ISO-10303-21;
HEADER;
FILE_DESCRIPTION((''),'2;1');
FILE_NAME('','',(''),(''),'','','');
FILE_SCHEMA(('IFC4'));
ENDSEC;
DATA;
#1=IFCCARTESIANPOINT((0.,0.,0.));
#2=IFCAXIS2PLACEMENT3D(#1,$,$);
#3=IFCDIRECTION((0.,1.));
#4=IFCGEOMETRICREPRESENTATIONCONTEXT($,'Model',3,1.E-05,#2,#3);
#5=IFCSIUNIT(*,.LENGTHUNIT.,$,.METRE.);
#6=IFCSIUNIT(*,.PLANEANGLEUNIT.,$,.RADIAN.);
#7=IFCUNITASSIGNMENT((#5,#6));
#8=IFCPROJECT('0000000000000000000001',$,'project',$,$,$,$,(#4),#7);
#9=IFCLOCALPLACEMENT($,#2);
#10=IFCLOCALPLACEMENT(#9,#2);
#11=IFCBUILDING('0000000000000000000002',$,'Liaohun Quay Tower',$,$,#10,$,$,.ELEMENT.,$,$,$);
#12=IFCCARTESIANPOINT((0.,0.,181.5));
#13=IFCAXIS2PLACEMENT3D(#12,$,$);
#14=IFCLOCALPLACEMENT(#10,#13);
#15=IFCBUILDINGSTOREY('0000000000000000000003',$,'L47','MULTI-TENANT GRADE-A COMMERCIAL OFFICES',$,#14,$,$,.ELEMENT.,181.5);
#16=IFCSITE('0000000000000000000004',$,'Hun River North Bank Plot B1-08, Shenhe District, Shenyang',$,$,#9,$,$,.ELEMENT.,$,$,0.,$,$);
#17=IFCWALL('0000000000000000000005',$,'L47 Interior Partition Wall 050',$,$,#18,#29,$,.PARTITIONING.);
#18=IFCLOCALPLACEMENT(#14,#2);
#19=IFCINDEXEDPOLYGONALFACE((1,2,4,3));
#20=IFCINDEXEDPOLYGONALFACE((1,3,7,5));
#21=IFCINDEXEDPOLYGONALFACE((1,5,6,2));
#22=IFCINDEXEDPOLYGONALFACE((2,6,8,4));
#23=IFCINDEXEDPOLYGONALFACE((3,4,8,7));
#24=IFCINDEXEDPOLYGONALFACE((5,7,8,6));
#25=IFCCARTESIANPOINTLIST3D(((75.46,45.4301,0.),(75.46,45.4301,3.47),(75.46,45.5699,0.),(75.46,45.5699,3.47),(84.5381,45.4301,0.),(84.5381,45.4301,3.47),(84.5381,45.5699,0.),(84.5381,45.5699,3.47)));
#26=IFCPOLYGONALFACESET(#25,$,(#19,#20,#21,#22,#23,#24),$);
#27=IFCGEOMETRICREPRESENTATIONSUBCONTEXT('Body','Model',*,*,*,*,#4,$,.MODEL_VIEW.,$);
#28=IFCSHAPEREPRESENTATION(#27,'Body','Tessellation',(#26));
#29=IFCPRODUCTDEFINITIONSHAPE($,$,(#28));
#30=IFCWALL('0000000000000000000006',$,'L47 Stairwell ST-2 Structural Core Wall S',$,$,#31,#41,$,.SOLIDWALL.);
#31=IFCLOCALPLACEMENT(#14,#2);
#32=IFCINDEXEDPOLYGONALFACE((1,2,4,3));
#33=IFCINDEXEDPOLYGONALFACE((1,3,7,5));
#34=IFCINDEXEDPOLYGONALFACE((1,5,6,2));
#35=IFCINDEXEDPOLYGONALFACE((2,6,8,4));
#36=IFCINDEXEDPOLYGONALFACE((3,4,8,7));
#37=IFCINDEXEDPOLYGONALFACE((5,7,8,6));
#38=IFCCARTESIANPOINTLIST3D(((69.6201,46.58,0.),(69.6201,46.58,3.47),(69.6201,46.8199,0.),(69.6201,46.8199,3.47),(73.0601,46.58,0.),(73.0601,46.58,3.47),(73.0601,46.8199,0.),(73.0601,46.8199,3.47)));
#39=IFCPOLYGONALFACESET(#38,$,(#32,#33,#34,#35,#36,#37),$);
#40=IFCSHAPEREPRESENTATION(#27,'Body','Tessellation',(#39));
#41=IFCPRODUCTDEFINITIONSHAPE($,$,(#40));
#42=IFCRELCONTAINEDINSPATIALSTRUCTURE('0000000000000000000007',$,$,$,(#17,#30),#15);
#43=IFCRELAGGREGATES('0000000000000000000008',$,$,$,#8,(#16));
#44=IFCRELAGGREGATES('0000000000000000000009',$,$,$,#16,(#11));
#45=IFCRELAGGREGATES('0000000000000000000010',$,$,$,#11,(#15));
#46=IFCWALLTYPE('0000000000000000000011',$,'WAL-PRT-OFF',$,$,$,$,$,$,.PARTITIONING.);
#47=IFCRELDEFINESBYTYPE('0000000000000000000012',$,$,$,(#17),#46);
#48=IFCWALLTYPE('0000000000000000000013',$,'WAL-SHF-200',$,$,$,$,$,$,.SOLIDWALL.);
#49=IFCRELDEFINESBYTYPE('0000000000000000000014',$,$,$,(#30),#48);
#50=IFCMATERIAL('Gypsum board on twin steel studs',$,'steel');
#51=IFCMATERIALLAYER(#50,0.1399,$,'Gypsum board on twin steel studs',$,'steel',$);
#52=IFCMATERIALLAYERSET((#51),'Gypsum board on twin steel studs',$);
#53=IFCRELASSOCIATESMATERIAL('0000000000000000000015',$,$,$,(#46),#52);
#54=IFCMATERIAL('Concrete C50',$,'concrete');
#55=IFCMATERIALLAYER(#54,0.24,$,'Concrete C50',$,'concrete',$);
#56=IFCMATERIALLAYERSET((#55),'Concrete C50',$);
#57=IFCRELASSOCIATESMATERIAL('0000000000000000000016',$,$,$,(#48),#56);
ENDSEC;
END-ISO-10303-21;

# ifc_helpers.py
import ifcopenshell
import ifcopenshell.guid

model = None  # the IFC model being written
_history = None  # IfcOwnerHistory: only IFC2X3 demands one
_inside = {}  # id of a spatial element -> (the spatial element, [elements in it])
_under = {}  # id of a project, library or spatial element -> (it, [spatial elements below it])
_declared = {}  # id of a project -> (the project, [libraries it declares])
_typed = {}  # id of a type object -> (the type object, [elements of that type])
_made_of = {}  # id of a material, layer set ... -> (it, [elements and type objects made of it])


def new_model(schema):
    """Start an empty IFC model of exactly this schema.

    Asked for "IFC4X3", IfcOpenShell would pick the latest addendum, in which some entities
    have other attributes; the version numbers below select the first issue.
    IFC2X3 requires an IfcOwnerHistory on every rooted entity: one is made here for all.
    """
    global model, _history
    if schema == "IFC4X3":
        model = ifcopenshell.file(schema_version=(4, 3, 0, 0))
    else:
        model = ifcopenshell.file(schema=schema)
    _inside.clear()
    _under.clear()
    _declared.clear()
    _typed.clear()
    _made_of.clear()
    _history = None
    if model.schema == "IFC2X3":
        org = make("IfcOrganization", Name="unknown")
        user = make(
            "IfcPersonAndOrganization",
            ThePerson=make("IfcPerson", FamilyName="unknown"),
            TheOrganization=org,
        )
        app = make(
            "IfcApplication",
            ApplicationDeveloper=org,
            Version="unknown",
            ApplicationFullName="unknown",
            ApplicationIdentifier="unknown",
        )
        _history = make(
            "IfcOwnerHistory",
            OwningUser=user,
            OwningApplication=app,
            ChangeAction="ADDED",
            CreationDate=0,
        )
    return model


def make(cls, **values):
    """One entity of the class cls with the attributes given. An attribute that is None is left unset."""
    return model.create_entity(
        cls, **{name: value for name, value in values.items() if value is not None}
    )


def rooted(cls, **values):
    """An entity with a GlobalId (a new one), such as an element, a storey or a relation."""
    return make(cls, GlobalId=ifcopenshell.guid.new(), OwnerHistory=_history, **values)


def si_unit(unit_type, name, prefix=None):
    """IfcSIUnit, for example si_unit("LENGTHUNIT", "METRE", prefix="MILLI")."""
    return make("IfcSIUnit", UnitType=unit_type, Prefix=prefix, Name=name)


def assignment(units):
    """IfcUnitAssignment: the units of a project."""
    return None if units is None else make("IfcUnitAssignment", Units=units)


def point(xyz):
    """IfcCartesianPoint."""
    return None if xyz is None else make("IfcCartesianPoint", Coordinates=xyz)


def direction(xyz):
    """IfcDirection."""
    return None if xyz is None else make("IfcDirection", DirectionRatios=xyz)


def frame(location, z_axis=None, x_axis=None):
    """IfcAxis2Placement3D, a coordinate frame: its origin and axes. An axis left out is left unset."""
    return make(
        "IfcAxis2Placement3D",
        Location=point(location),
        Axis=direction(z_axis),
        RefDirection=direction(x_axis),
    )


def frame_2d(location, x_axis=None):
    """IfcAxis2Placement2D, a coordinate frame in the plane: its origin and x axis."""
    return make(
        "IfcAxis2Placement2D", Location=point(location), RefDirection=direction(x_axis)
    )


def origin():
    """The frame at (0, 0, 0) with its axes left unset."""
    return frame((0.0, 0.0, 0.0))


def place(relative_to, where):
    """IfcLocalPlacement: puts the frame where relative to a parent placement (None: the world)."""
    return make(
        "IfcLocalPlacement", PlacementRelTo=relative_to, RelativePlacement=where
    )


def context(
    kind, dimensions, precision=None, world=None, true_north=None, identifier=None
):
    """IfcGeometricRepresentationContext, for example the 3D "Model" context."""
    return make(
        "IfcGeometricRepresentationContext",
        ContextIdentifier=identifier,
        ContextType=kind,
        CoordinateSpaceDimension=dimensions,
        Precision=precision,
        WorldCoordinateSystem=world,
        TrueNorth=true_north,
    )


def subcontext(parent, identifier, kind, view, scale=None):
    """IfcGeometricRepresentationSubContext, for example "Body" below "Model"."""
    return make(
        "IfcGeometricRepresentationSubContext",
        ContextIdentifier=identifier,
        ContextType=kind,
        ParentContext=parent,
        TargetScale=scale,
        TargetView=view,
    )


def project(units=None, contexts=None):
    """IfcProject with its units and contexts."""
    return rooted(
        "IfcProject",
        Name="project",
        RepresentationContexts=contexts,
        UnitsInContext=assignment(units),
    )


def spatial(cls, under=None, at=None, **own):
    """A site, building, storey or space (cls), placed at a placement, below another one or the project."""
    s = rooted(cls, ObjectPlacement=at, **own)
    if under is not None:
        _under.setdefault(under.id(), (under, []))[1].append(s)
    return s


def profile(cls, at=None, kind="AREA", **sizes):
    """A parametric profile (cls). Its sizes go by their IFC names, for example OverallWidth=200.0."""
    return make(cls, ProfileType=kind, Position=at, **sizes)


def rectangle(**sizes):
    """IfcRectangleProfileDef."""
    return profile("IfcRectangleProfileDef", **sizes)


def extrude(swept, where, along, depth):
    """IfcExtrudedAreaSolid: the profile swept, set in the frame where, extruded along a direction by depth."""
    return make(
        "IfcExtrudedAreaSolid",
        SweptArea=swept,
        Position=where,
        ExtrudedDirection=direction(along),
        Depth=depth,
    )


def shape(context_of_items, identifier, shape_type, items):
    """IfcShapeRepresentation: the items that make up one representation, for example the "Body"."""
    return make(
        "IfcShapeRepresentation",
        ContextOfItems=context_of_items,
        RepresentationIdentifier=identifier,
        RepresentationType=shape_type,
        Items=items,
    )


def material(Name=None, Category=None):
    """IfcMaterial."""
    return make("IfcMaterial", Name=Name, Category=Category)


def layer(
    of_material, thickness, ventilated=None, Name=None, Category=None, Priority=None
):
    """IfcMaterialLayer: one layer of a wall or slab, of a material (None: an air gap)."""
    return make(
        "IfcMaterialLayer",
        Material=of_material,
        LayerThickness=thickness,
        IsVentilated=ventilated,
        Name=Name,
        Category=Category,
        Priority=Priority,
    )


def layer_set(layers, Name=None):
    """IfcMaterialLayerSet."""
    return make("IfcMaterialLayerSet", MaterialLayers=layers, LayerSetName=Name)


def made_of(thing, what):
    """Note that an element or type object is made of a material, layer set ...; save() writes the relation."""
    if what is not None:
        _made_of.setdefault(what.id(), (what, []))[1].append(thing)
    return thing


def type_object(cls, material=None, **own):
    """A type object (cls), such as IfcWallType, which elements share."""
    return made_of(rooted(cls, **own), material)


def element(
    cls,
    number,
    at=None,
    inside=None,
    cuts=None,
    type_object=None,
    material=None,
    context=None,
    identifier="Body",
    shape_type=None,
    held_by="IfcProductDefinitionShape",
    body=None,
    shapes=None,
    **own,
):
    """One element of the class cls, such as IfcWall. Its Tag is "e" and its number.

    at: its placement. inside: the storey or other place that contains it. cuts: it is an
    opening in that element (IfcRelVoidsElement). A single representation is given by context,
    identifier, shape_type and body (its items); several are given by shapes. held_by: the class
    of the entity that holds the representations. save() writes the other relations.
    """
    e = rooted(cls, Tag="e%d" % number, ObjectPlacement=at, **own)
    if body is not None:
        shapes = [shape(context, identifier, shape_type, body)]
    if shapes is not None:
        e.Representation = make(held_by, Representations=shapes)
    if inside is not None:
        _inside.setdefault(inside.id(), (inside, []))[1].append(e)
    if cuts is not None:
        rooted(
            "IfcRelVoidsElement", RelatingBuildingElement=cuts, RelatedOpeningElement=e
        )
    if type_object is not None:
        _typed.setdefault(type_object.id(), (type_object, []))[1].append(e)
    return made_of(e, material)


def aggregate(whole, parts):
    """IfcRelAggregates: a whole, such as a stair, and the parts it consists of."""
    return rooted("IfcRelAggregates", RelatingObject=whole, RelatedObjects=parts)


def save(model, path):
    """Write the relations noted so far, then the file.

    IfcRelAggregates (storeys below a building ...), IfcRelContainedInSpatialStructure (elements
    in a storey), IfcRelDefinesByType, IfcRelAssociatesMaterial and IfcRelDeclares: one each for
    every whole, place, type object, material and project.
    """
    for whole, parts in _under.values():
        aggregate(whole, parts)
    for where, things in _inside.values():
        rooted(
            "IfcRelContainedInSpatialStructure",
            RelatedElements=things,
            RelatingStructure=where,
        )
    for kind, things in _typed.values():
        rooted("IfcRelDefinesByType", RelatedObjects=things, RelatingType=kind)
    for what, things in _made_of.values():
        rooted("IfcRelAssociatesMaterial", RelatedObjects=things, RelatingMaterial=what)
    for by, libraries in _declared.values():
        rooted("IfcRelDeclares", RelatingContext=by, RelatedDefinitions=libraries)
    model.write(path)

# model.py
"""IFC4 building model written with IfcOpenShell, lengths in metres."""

from ifc_helpers import new_model, si_unit, direction, frame, frame_2d, origin, place, context, subcontext, project, spatial, rectangle, extrude, material, layer, layer_set, type_object, element, save


model = new_model("IFC4")

# Units and contexts
model_context = context("Model", 3, precision=1e-05, world=origin(), true_north=direction((0.0, 1.0)))
body_context = subcontext(model_context, "Body", "Model", "MODEL_VIEW")
ifc_project = project(units=[si_unit("LENGTHUNIT", "METRE"), si_unit("PLANEANGLEUNIT", "RADIAN")], contexts=[model_context])

# Site, building, storey
site_placement = place(None, origin())
site = spatial("IfcSite", under=ifc_project, at=site_placement, Name="Hun River North Bank Plot B1-08, Shenhe District, Shenyang", CompositionType="ELEMENT", RefElevation=0.0)
building_placement = place(site_placement, origin())
building = spatial("IfcBuilding", under=site, at=building_placement, Name="Liaohun Quay Tower", CompositionType="ELEMENT")
storey_placement = place(building_placement, frame((0.0, 0.0, 181.5)))
storey = spatial("IfcBuildingStorey", under=building, at=storey_placement, Name="L47", Description="MULTI-TENANT GRADE-A COMMERCIAL OFFICES", CompositionType="ELEMENT", Elevation=181.5)

# Walls
ifc_material_1 = material(Name="Gypsum board on twin steel studs", Category="steel")
ifc_layer_1 = layer(ifc_material_1, 0.1399, Name="Gypsum board on twin steel studs", Category="steel")
ifc_layer_set_1 = layer_set([ifc_layer_1], Name="Gypsum board on twin steel studs")
wall_type_1 = type_object("IfcWallType", Name="WAL-PRT-OFF", PredefinedType="PARTITIONING", material=ifc_layer_set_1)
wall_1_placement = place(storey_placement, frame((75.46, 45.5, 0.0), z_axis=(0.0, 0.0, 1.0), x_axis=(1.0, 0.0, 0.0)))
element("IfcWall", 1, at=wall_1_placement, inside=storey, type_object=wall_type_1, Name="L47 Interior Partition Wall 050", PredefinedType="PARTITIONING", context=body_context, shape_type="SweptSolid", body=[
    extrude(rectangle(XDim=9.0781, YDim=0.1399, at=frame_2d((4.5391, 0.0))), origin(), (0.0, 0.0, 1.0), 3.47),
])
ifc_material_2 = material(Name="Concrete C50", Category="concrete")
ifc_layer_2 = layer(ifc_material_2, 0.24, Name="Concrete C50", Category="concrete")
ifc_layer_set_2 = layer_set([ifc_layer_2], Name="Concrete C50")
wall_type_2 = type_object("IfcWallType", Name="WAL-SHF-200", PredefinedType="SOLIDWALL", material=ifc_layer_set_2)
wall_2_placement = place(storey_placement, frame((69.6201, 46.7, 0.0), z_axis=(0.0, 0.0, 1.0), x_axis=(1.0, 0.0, 0.0)))
element("IfcWall", 2, at=wall_2_placement, inside=storey, type_object=wall_type_2, Name="L47 Stairwell ST-2 Structural Core Wall S", PredefinedType="SOLIDWALL", context=body_context, shape_type="SweptSolid", body=[
    extrude(rectangle(XDim=3.4399, YDim=0.24, at=frame_2d((1.72, 0.0))), origin(), (0.0, 0.0, 1.0), 3.47),
])

save(model, "model.ifc")
